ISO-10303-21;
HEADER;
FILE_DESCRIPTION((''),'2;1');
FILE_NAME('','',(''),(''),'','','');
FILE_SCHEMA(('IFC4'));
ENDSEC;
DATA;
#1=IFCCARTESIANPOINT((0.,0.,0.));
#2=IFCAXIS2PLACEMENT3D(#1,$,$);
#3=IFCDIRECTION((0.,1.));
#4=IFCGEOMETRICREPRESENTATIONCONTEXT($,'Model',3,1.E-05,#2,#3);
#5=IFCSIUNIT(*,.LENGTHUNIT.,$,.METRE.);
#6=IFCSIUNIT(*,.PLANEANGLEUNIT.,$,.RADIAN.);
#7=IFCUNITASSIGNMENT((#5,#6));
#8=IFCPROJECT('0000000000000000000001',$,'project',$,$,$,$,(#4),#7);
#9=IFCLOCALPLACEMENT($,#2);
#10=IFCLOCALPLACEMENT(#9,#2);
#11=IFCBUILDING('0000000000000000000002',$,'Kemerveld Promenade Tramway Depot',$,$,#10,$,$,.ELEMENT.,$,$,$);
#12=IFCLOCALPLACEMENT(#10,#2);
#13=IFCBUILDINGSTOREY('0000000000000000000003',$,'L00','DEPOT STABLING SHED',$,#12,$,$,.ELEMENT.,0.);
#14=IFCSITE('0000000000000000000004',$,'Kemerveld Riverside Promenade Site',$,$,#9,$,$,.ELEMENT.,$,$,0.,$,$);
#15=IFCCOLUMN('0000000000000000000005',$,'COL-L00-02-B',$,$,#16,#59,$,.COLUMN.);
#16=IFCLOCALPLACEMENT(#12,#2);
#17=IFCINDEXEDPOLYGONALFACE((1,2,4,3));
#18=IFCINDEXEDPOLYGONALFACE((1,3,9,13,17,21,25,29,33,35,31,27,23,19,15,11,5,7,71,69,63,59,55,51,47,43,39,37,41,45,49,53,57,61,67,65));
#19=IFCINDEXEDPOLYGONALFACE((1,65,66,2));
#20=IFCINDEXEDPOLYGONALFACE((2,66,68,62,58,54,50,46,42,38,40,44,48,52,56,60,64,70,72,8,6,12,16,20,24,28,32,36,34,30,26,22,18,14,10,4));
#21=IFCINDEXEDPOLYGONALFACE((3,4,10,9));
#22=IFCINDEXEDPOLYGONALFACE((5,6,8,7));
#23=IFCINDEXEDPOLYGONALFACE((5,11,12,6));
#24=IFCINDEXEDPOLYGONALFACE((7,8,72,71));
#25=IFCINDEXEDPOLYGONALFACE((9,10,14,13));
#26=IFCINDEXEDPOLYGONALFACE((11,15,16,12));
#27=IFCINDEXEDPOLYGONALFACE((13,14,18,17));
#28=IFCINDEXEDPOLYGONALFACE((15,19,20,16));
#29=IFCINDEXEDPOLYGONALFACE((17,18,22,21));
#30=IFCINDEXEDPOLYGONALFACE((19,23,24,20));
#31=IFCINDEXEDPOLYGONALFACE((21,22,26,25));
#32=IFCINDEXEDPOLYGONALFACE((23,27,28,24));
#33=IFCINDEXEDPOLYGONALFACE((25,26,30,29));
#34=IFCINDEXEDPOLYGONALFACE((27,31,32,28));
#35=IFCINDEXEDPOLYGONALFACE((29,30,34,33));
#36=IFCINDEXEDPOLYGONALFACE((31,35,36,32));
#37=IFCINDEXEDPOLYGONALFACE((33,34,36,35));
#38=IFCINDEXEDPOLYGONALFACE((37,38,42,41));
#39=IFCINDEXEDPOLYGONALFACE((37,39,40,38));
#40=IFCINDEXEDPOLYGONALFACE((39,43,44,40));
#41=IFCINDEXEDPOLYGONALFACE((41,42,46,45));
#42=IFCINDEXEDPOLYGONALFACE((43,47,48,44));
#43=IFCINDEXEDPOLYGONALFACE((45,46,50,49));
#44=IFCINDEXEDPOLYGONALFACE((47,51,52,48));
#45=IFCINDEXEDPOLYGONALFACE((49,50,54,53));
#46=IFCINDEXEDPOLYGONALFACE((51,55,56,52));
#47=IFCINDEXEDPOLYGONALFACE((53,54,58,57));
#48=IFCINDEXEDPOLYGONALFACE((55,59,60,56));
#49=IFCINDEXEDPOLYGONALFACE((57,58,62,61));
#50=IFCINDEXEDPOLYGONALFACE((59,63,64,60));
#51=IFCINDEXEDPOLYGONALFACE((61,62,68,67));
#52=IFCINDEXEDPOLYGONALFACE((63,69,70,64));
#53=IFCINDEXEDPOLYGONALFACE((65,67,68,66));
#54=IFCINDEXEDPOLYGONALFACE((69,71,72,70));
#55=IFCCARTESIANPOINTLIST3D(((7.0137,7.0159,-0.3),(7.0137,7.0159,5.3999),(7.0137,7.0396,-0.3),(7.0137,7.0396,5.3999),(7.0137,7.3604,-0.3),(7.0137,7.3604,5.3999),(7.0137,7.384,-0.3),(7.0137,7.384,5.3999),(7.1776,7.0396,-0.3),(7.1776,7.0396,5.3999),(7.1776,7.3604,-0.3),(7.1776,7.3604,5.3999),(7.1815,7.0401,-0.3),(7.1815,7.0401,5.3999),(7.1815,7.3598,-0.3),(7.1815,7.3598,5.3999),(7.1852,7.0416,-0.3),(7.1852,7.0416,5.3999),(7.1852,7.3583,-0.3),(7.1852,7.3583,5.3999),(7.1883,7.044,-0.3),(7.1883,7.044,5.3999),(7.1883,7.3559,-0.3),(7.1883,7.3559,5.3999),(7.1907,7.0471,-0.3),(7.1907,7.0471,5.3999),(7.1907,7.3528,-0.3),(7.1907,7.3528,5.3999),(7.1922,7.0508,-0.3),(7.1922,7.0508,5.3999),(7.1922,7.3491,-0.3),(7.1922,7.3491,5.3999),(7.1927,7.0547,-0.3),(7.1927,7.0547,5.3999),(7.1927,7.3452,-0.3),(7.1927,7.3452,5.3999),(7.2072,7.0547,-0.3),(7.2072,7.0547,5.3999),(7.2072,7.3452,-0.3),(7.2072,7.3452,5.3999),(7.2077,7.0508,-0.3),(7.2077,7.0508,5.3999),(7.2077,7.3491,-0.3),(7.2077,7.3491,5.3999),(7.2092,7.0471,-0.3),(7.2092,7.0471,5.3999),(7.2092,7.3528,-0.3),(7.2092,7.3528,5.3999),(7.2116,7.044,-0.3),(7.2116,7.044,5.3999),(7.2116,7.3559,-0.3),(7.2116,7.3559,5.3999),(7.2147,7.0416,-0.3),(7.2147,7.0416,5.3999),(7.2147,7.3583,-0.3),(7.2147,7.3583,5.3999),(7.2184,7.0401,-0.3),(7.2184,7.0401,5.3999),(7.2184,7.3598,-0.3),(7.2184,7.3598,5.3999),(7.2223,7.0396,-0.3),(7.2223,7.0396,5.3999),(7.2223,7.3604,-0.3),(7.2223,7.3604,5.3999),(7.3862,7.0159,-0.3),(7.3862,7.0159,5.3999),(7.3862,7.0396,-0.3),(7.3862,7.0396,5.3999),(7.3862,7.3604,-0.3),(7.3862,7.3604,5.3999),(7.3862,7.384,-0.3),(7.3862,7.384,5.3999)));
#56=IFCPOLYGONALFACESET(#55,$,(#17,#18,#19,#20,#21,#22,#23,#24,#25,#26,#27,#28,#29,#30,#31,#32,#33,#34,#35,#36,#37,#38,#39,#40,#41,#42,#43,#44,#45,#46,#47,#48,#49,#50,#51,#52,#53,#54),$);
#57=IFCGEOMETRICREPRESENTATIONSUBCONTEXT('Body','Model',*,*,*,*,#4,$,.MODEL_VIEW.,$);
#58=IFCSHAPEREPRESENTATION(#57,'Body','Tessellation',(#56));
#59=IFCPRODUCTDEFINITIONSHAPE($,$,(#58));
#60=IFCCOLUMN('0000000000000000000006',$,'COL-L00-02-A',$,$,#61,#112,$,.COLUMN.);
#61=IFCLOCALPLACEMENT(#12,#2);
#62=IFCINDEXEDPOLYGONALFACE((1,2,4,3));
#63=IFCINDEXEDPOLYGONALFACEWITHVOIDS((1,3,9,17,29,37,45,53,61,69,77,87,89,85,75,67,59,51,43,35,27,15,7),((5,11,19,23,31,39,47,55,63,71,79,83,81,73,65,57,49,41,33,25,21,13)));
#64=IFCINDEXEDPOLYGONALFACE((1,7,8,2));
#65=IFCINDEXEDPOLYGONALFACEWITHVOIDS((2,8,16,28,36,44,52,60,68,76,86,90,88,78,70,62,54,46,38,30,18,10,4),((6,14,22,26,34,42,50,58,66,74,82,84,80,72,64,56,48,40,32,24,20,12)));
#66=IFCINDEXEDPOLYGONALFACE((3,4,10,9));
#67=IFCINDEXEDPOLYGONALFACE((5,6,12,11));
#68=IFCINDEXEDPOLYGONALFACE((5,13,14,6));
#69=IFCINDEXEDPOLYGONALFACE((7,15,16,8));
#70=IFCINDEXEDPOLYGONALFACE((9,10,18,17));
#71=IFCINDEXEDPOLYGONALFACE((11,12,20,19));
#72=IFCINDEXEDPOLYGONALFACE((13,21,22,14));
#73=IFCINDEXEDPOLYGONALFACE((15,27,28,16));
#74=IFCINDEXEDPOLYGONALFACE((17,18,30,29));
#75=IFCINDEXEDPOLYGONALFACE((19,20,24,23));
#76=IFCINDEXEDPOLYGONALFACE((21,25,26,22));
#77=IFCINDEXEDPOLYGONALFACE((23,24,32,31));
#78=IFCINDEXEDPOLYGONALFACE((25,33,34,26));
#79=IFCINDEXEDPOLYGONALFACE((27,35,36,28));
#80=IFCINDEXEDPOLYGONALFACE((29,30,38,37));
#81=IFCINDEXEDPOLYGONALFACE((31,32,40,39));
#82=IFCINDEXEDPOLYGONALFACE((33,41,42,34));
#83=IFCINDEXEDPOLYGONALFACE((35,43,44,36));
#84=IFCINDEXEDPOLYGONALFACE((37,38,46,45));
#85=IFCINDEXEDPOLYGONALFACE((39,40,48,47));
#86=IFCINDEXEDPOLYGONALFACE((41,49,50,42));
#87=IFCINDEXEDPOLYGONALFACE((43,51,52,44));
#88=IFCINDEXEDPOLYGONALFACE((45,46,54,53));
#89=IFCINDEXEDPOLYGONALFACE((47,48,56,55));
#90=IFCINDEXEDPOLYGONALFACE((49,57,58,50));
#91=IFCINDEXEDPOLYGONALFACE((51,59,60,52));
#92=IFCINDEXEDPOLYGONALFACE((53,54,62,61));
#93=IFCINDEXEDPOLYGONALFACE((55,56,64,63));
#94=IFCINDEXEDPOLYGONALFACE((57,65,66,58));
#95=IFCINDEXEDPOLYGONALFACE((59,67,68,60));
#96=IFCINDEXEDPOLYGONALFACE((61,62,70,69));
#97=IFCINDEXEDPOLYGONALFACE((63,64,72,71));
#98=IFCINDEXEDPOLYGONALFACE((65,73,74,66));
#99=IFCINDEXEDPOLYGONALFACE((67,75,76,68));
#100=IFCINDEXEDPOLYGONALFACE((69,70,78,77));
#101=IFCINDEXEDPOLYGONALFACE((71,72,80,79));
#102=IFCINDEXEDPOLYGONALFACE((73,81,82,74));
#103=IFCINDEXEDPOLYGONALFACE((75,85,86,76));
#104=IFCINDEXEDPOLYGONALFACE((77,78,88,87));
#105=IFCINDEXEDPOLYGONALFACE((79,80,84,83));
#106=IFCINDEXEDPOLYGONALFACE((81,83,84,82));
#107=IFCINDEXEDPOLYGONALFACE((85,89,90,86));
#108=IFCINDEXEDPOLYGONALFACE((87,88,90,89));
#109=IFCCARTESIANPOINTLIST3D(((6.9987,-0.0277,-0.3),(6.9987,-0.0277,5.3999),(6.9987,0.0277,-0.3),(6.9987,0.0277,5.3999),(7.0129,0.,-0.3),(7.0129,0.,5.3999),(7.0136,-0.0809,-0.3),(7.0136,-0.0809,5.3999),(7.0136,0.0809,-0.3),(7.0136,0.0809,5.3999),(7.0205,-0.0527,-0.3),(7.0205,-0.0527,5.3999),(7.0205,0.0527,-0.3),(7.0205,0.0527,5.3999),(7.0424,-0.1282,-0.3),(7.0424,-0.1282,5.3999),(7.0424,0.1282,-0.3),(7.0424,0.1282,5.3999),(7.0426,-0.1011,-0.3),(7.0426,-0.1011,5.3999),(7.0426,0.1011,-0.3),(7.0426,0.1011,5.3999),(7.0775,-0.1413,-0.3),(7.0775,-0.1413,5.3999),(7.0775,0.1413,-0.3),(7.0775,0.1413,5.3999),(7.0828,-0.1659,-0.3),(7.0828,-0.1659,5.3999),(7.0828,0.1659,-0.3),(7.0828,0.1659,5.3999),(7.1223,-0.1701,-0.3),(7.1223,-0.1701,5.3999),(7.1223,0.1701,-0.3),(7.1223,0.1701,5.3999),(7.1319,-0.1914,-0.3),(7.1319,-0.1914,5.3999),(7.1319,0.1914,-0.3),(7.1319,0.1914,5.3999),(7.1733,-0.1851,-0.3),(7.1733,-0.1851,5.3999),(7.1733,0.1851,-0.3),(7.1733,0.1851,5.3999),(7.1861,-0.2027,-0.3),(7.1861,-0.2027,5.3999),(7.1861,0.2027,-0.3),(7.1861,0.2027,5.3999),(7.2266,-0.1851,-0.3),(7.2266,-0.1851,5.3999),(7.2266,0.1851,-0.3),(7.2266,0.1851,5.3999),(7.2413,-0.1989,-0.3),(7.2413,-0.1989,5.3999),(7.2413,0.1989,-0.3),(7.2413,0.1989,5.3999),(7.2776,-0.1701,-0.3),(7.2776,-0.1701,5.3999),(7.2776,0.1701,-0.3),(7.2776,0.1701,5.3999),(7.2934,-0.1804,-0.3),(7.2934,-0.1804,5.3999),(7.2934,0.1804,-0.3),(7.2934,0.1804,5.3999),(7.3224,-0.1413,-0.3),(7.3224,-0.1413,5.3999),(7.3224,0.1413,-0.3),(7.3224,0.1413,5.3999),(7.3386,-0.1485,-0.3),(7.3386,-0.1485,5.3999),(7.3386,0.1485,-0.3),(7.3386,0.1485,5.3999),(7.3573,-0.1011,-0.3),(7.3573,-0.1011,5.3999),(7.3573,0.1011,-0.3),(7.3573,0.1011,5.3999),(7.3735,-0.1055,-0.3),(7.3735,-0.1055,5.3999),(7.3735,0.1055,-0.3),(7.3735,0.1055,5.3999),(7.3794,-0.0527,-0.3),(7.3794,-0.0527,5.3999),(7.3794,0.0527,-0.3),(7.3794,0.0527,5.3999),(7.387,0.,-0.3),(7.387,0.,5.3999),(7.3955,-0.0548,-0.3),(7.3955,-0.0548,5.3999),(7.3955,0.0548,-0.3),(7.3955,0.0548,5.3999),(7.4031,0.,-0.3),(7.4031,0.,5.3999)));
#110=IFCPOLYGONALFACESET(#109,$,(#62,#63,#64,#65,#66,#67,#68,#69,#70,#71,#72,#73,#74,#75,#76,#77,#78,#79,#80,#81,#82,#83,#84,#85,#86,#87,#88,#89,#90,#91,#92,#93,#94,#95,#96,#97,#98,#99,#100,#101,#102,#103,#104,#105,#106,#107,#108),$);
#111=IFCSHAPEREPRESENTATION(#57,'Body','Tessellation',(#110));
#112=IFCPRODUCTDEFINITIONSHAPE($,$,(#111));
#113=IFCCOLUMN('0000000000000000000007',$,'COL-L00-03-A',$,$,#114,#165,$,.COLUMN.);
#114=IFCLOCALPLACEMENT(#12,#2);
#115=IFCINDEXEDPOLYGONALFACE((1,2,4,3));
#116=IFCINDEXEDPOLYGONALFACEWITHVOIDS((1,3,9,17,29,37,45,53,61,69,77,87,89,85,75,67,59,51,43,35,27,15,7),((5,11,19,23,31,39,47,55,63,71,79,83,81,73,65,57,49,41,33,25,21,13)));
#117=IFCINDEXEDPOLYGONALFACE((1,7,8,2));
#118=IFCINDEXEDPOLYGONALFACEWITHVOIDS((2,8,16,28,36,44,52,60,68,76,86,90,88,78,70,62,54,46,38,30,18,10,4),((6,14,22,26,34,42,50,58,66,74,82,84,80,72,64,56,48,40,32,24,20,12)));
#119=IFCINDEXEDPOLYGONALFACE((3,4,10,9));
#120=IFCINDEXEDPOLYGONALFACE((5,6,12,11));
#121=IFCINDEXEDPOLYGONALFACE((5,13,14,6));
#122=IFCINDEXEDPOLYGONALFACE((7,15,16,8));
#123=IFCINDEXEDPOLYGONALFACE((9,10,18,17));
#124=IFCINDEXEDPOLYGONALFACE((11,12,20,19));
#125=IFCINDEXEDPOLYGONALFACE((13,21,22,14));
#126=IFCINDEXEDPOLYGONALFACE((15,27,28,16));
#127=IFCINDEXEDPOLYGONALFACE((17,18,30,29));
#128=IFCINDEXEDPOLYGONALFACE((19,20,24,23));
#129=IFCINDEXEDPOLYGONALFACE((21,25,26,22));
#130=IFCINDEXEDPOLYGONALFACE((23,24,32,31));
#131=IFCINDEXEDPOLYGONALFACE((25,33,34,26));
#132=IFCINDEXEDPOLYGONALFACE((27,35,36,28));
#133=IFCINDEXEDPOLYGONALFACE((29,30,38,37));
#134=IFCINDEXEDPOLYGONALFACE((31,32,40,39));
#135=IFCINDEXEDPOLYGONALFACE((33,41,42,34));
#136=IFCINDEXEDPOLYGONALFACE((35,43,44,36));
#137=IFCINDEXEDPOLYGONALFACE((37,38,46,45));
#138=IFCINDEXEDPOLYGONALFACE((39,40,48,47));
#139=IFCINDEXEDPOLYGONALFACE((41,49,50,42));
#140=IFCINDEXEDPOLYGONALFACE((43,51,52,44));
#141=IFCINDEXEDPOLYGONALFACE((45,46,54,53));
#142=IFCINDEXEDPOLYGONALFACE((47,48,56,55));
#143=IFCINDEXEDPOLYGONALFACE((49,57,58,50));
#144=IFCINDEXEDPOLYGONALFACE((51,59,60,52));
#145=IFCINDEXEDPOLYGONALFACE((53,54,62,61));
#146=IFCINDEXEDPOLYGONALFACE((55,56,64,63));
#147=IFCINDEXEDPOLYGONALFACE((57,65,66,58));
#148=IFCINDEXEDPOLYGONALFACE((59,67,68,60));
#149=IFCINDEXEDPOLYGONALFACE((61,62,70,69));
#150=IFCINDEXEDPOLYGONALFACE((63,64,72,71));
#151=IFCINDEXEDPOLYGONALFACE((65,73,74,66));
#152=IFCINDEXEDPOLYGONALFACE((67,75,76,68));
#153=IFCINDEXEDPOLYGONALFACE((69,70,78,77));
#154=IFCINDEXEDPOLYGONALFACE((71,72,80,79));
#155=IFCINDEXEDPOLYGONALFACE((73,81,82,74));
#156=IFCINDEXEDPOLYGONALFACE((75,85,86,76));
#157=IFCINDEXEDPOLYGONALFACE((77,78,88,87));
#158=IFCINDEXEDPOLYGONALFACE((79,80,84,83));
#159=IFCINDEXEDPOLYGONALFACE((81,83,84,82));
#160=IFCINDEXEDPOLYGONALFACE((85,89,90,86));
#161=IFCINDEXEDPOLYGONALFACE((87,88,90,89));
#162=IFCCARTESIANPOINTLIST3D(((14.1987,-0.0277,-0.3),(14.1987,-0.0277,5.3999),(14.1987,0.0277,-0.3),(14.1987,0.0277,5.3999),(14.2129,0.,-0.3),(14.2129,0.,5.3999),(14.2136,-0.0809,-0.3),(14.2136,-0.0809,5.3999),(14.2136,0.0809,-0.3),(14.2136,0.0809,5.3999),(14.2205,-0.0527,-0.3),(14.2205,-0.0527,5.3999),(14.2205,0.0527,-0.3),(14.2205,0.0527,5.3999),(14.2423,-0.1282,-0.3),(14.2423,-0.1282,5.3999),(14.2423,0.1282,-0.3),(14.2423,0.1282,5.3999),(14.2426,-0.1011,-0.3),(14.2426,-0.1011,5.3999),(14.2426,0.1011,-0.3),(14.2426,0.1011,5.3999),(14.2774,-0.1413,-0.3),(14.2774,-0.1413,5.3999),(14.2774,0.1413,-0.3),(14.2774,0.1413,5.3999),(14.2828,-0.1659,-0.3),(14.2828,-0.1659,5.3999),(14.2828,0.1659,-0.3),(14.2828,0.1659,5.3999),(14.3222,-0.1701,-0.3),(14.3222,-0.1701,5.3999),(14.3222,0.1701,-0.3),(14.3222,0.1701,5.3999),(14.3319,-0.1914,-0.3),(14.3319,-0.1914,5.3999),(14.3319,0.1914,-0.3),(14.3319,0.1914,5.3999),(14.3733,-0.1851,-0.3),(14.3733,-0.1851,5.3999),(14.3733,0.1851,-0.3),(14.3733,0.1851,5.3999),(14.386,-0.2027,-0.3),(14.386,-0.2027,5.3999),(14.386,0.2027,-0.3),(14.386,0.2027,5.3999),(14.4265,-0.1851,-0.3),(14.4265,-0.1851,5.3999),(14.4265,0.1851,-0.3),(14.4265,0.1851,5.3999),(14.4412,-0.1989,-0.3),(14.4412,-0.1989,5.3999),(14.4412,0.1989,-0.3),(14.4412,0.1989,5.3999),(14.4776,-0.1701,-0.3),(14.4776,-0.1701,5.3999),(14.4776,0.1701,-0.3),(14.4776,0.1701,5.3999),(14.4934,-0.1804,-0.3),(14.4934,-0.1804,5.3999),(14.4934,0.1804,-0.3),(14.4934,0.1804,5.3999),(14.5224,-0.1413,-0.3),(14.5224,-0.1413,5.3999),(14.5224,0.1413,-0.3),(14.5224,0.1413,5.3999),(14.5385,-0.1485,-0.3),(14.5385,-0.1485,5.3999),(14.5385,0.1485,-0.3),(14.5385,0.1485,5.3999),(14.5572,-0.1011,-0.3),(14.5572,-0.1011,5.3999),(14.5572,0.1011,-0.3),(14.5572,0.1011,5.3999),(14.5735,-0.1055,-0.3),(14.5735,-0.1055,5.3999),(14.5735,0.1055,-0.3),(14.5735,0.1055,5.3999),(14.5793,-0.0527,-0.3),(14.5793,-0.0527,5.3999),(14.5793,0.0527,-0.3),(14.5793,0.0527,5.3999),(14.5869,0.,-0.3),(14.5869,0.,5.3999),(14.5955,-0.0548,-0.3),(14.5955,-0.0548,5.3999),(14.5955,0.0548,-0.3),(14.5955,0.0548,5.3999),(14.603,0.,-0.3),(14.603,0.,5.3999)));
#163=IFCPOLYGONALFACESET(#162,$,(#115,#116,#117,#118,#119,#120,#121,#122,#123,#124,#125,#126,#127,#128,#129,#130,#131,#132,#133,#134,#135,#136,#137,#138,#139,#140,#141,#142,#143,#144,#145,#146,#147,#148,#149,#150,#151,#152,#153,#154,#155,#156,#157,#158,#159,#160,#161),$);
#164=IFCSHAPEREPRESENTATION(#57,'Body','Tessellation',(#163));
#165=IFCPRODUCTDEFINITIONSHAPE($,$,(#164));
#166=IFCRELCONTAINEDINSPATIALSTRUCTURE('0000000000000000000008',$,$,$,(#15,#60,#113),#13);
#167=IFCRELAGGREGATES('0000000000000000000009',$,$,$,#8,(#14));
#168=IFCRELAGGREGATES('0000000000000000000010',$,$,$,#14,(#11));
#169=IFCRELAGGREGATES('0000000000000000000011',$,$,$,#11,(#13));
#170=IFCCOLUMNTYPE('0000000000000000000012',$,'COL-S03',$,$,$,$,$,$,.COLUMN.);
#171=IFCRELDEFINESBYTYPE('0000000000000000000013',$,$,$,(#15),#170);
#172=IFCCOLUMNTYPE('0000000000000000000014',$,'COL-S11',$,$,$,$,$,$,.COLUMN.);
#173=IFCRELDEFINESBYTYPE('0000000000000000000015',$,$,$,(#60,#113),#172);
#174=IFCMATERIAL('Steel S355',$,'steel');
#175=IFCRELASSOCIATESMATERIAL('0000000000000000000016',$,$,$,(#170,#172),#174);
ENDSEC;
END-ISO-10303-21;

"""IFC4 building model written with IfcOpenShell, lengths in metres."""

from ifc_helpers import new_model, si_unit, direction, frame, origin, origin_2d, place, context, subcontext, project, spatial, hollow_circle, i_section, extrude, material, material_profile, profile_set, type_object, element, save


model = new_model("IFC4")

# Units and contexts
model_context = context("Model", 3, precision=1e-05, world=origin(), true_north=direction((0.0, 1.0)))
body_context = subcontext(model_context, "Body", "Model", "MODEL_VIEW")
ifc_project = project(units=[si_unit("LENGTHUNIT", "METRE"), si_unit("PLANEANGLEUNIT", "RADIAN")], contexts=[model_context])

# Site, building, storey
site_placement = place(None, origin())
site = spatial("IfcSite", under=ifc_project, at=site_placement, Name="Kemerveld Riverside Promenade Site", CompositionType="ELEMENT", RefElevation=0.0)
building_placement = place(site_placement, origin())
building = spatial("IfcBuilding", under=site, at=building_placement, Name="Kemerveld Promenade Tramway Depot", CompositionType="ELEMENT")
storey_placement = place(building_placement, origin())
storey = spatial("IfcBuildingStorey", under=building, at=storey_placement, Name="L00", Description="DEPOT STABLING SHED", CompositionType="ELEMENT", Elevation=0.0)

# Columns
ifc_material_1 = material(Name="Steel S355", Category="steel")
ifc_material_profile_1 = material_profile(ifc_material_1, i_section(OverallWidth=0.3726, OverallDepth=0.3682, WebThickness=0.0144, FlangeThickness=0.0237, FilletRadius=0.0151, at=origin_2d()), Name="356x368x177 UC")
ifc_profile_set_1 = profile_set([ifc_material_profile_1], Name="Steel S355")
column_type_1 = type_object("IfcColumnType", Name="COL-S03", PredefinedType="COLUMN", material=ifc_profile_set_1)
column_placement = place(storey_placement, frame((7.2, 7.2, -0.3), z_axis=(0.0, 0.0, 1.0), x_axis=(1.0, 0.0, 0.0)))
element("IfcColumn", 1, at=column_placement, inside=storey, type_object=column_type_1, Name="COL-L00-02-B", PredefinedType="COLUMN", context=body_context, shape_type="SweptSolid", body=[
    extrude(i_section(OverallWidth=0.3726, OverallDepth=0.3682, WebThickness=0.0144, FlangeThickness=0.0237, FilletRadius=0.0151, at=origin_2d()), origin(), (0.0, 0.0, 1.0), 5.7),
])
ifc_material_profile_2 = material_profile(ifc_material_1, hollow_circle(Radius=0.2031, WallThickness=0.0161, at=origin_2d()), Name="406.4x16.0 CHS")
ifc_profile_set_2 = profile_set([ifc_material_profile_2], Name="Steel S355")
column_type_2 = type_object("IfcColumnType", Name="COL-S11", PredefinedType="COLUMN", material=ifc_profile_set_2)
for number, where, z_axis, x_axis, name in (
    (2, (7.2, 0.0, -0.3), (0.0, 0.0, 1.0), (1.0, 0.0, 0.0), "COL-L00-02-A"),
    (3, (14.3999, 0.0, -0.3), (0.0, 0.0, 1.0), (1.0, 0.0, 0.0), "COL-L00-03-A"),
):
    element("IfcColumn", number, at=place(storey_placement, frame(where, z_axis=z_axis, x_axis=x_axis)), inside=storey, type_object=column_type_2, Name=name, PredefinedType="COLUMN", context=body_context, shape_type="SweptSolid", body=[
        extrude(hollow_circle(Radius=0.2031, WallThickness=0.0161, at=origin_2d()), origin(), (0.0, 0.0, 1.0), 5.7),
    ])

save(model, "model.ifc")
